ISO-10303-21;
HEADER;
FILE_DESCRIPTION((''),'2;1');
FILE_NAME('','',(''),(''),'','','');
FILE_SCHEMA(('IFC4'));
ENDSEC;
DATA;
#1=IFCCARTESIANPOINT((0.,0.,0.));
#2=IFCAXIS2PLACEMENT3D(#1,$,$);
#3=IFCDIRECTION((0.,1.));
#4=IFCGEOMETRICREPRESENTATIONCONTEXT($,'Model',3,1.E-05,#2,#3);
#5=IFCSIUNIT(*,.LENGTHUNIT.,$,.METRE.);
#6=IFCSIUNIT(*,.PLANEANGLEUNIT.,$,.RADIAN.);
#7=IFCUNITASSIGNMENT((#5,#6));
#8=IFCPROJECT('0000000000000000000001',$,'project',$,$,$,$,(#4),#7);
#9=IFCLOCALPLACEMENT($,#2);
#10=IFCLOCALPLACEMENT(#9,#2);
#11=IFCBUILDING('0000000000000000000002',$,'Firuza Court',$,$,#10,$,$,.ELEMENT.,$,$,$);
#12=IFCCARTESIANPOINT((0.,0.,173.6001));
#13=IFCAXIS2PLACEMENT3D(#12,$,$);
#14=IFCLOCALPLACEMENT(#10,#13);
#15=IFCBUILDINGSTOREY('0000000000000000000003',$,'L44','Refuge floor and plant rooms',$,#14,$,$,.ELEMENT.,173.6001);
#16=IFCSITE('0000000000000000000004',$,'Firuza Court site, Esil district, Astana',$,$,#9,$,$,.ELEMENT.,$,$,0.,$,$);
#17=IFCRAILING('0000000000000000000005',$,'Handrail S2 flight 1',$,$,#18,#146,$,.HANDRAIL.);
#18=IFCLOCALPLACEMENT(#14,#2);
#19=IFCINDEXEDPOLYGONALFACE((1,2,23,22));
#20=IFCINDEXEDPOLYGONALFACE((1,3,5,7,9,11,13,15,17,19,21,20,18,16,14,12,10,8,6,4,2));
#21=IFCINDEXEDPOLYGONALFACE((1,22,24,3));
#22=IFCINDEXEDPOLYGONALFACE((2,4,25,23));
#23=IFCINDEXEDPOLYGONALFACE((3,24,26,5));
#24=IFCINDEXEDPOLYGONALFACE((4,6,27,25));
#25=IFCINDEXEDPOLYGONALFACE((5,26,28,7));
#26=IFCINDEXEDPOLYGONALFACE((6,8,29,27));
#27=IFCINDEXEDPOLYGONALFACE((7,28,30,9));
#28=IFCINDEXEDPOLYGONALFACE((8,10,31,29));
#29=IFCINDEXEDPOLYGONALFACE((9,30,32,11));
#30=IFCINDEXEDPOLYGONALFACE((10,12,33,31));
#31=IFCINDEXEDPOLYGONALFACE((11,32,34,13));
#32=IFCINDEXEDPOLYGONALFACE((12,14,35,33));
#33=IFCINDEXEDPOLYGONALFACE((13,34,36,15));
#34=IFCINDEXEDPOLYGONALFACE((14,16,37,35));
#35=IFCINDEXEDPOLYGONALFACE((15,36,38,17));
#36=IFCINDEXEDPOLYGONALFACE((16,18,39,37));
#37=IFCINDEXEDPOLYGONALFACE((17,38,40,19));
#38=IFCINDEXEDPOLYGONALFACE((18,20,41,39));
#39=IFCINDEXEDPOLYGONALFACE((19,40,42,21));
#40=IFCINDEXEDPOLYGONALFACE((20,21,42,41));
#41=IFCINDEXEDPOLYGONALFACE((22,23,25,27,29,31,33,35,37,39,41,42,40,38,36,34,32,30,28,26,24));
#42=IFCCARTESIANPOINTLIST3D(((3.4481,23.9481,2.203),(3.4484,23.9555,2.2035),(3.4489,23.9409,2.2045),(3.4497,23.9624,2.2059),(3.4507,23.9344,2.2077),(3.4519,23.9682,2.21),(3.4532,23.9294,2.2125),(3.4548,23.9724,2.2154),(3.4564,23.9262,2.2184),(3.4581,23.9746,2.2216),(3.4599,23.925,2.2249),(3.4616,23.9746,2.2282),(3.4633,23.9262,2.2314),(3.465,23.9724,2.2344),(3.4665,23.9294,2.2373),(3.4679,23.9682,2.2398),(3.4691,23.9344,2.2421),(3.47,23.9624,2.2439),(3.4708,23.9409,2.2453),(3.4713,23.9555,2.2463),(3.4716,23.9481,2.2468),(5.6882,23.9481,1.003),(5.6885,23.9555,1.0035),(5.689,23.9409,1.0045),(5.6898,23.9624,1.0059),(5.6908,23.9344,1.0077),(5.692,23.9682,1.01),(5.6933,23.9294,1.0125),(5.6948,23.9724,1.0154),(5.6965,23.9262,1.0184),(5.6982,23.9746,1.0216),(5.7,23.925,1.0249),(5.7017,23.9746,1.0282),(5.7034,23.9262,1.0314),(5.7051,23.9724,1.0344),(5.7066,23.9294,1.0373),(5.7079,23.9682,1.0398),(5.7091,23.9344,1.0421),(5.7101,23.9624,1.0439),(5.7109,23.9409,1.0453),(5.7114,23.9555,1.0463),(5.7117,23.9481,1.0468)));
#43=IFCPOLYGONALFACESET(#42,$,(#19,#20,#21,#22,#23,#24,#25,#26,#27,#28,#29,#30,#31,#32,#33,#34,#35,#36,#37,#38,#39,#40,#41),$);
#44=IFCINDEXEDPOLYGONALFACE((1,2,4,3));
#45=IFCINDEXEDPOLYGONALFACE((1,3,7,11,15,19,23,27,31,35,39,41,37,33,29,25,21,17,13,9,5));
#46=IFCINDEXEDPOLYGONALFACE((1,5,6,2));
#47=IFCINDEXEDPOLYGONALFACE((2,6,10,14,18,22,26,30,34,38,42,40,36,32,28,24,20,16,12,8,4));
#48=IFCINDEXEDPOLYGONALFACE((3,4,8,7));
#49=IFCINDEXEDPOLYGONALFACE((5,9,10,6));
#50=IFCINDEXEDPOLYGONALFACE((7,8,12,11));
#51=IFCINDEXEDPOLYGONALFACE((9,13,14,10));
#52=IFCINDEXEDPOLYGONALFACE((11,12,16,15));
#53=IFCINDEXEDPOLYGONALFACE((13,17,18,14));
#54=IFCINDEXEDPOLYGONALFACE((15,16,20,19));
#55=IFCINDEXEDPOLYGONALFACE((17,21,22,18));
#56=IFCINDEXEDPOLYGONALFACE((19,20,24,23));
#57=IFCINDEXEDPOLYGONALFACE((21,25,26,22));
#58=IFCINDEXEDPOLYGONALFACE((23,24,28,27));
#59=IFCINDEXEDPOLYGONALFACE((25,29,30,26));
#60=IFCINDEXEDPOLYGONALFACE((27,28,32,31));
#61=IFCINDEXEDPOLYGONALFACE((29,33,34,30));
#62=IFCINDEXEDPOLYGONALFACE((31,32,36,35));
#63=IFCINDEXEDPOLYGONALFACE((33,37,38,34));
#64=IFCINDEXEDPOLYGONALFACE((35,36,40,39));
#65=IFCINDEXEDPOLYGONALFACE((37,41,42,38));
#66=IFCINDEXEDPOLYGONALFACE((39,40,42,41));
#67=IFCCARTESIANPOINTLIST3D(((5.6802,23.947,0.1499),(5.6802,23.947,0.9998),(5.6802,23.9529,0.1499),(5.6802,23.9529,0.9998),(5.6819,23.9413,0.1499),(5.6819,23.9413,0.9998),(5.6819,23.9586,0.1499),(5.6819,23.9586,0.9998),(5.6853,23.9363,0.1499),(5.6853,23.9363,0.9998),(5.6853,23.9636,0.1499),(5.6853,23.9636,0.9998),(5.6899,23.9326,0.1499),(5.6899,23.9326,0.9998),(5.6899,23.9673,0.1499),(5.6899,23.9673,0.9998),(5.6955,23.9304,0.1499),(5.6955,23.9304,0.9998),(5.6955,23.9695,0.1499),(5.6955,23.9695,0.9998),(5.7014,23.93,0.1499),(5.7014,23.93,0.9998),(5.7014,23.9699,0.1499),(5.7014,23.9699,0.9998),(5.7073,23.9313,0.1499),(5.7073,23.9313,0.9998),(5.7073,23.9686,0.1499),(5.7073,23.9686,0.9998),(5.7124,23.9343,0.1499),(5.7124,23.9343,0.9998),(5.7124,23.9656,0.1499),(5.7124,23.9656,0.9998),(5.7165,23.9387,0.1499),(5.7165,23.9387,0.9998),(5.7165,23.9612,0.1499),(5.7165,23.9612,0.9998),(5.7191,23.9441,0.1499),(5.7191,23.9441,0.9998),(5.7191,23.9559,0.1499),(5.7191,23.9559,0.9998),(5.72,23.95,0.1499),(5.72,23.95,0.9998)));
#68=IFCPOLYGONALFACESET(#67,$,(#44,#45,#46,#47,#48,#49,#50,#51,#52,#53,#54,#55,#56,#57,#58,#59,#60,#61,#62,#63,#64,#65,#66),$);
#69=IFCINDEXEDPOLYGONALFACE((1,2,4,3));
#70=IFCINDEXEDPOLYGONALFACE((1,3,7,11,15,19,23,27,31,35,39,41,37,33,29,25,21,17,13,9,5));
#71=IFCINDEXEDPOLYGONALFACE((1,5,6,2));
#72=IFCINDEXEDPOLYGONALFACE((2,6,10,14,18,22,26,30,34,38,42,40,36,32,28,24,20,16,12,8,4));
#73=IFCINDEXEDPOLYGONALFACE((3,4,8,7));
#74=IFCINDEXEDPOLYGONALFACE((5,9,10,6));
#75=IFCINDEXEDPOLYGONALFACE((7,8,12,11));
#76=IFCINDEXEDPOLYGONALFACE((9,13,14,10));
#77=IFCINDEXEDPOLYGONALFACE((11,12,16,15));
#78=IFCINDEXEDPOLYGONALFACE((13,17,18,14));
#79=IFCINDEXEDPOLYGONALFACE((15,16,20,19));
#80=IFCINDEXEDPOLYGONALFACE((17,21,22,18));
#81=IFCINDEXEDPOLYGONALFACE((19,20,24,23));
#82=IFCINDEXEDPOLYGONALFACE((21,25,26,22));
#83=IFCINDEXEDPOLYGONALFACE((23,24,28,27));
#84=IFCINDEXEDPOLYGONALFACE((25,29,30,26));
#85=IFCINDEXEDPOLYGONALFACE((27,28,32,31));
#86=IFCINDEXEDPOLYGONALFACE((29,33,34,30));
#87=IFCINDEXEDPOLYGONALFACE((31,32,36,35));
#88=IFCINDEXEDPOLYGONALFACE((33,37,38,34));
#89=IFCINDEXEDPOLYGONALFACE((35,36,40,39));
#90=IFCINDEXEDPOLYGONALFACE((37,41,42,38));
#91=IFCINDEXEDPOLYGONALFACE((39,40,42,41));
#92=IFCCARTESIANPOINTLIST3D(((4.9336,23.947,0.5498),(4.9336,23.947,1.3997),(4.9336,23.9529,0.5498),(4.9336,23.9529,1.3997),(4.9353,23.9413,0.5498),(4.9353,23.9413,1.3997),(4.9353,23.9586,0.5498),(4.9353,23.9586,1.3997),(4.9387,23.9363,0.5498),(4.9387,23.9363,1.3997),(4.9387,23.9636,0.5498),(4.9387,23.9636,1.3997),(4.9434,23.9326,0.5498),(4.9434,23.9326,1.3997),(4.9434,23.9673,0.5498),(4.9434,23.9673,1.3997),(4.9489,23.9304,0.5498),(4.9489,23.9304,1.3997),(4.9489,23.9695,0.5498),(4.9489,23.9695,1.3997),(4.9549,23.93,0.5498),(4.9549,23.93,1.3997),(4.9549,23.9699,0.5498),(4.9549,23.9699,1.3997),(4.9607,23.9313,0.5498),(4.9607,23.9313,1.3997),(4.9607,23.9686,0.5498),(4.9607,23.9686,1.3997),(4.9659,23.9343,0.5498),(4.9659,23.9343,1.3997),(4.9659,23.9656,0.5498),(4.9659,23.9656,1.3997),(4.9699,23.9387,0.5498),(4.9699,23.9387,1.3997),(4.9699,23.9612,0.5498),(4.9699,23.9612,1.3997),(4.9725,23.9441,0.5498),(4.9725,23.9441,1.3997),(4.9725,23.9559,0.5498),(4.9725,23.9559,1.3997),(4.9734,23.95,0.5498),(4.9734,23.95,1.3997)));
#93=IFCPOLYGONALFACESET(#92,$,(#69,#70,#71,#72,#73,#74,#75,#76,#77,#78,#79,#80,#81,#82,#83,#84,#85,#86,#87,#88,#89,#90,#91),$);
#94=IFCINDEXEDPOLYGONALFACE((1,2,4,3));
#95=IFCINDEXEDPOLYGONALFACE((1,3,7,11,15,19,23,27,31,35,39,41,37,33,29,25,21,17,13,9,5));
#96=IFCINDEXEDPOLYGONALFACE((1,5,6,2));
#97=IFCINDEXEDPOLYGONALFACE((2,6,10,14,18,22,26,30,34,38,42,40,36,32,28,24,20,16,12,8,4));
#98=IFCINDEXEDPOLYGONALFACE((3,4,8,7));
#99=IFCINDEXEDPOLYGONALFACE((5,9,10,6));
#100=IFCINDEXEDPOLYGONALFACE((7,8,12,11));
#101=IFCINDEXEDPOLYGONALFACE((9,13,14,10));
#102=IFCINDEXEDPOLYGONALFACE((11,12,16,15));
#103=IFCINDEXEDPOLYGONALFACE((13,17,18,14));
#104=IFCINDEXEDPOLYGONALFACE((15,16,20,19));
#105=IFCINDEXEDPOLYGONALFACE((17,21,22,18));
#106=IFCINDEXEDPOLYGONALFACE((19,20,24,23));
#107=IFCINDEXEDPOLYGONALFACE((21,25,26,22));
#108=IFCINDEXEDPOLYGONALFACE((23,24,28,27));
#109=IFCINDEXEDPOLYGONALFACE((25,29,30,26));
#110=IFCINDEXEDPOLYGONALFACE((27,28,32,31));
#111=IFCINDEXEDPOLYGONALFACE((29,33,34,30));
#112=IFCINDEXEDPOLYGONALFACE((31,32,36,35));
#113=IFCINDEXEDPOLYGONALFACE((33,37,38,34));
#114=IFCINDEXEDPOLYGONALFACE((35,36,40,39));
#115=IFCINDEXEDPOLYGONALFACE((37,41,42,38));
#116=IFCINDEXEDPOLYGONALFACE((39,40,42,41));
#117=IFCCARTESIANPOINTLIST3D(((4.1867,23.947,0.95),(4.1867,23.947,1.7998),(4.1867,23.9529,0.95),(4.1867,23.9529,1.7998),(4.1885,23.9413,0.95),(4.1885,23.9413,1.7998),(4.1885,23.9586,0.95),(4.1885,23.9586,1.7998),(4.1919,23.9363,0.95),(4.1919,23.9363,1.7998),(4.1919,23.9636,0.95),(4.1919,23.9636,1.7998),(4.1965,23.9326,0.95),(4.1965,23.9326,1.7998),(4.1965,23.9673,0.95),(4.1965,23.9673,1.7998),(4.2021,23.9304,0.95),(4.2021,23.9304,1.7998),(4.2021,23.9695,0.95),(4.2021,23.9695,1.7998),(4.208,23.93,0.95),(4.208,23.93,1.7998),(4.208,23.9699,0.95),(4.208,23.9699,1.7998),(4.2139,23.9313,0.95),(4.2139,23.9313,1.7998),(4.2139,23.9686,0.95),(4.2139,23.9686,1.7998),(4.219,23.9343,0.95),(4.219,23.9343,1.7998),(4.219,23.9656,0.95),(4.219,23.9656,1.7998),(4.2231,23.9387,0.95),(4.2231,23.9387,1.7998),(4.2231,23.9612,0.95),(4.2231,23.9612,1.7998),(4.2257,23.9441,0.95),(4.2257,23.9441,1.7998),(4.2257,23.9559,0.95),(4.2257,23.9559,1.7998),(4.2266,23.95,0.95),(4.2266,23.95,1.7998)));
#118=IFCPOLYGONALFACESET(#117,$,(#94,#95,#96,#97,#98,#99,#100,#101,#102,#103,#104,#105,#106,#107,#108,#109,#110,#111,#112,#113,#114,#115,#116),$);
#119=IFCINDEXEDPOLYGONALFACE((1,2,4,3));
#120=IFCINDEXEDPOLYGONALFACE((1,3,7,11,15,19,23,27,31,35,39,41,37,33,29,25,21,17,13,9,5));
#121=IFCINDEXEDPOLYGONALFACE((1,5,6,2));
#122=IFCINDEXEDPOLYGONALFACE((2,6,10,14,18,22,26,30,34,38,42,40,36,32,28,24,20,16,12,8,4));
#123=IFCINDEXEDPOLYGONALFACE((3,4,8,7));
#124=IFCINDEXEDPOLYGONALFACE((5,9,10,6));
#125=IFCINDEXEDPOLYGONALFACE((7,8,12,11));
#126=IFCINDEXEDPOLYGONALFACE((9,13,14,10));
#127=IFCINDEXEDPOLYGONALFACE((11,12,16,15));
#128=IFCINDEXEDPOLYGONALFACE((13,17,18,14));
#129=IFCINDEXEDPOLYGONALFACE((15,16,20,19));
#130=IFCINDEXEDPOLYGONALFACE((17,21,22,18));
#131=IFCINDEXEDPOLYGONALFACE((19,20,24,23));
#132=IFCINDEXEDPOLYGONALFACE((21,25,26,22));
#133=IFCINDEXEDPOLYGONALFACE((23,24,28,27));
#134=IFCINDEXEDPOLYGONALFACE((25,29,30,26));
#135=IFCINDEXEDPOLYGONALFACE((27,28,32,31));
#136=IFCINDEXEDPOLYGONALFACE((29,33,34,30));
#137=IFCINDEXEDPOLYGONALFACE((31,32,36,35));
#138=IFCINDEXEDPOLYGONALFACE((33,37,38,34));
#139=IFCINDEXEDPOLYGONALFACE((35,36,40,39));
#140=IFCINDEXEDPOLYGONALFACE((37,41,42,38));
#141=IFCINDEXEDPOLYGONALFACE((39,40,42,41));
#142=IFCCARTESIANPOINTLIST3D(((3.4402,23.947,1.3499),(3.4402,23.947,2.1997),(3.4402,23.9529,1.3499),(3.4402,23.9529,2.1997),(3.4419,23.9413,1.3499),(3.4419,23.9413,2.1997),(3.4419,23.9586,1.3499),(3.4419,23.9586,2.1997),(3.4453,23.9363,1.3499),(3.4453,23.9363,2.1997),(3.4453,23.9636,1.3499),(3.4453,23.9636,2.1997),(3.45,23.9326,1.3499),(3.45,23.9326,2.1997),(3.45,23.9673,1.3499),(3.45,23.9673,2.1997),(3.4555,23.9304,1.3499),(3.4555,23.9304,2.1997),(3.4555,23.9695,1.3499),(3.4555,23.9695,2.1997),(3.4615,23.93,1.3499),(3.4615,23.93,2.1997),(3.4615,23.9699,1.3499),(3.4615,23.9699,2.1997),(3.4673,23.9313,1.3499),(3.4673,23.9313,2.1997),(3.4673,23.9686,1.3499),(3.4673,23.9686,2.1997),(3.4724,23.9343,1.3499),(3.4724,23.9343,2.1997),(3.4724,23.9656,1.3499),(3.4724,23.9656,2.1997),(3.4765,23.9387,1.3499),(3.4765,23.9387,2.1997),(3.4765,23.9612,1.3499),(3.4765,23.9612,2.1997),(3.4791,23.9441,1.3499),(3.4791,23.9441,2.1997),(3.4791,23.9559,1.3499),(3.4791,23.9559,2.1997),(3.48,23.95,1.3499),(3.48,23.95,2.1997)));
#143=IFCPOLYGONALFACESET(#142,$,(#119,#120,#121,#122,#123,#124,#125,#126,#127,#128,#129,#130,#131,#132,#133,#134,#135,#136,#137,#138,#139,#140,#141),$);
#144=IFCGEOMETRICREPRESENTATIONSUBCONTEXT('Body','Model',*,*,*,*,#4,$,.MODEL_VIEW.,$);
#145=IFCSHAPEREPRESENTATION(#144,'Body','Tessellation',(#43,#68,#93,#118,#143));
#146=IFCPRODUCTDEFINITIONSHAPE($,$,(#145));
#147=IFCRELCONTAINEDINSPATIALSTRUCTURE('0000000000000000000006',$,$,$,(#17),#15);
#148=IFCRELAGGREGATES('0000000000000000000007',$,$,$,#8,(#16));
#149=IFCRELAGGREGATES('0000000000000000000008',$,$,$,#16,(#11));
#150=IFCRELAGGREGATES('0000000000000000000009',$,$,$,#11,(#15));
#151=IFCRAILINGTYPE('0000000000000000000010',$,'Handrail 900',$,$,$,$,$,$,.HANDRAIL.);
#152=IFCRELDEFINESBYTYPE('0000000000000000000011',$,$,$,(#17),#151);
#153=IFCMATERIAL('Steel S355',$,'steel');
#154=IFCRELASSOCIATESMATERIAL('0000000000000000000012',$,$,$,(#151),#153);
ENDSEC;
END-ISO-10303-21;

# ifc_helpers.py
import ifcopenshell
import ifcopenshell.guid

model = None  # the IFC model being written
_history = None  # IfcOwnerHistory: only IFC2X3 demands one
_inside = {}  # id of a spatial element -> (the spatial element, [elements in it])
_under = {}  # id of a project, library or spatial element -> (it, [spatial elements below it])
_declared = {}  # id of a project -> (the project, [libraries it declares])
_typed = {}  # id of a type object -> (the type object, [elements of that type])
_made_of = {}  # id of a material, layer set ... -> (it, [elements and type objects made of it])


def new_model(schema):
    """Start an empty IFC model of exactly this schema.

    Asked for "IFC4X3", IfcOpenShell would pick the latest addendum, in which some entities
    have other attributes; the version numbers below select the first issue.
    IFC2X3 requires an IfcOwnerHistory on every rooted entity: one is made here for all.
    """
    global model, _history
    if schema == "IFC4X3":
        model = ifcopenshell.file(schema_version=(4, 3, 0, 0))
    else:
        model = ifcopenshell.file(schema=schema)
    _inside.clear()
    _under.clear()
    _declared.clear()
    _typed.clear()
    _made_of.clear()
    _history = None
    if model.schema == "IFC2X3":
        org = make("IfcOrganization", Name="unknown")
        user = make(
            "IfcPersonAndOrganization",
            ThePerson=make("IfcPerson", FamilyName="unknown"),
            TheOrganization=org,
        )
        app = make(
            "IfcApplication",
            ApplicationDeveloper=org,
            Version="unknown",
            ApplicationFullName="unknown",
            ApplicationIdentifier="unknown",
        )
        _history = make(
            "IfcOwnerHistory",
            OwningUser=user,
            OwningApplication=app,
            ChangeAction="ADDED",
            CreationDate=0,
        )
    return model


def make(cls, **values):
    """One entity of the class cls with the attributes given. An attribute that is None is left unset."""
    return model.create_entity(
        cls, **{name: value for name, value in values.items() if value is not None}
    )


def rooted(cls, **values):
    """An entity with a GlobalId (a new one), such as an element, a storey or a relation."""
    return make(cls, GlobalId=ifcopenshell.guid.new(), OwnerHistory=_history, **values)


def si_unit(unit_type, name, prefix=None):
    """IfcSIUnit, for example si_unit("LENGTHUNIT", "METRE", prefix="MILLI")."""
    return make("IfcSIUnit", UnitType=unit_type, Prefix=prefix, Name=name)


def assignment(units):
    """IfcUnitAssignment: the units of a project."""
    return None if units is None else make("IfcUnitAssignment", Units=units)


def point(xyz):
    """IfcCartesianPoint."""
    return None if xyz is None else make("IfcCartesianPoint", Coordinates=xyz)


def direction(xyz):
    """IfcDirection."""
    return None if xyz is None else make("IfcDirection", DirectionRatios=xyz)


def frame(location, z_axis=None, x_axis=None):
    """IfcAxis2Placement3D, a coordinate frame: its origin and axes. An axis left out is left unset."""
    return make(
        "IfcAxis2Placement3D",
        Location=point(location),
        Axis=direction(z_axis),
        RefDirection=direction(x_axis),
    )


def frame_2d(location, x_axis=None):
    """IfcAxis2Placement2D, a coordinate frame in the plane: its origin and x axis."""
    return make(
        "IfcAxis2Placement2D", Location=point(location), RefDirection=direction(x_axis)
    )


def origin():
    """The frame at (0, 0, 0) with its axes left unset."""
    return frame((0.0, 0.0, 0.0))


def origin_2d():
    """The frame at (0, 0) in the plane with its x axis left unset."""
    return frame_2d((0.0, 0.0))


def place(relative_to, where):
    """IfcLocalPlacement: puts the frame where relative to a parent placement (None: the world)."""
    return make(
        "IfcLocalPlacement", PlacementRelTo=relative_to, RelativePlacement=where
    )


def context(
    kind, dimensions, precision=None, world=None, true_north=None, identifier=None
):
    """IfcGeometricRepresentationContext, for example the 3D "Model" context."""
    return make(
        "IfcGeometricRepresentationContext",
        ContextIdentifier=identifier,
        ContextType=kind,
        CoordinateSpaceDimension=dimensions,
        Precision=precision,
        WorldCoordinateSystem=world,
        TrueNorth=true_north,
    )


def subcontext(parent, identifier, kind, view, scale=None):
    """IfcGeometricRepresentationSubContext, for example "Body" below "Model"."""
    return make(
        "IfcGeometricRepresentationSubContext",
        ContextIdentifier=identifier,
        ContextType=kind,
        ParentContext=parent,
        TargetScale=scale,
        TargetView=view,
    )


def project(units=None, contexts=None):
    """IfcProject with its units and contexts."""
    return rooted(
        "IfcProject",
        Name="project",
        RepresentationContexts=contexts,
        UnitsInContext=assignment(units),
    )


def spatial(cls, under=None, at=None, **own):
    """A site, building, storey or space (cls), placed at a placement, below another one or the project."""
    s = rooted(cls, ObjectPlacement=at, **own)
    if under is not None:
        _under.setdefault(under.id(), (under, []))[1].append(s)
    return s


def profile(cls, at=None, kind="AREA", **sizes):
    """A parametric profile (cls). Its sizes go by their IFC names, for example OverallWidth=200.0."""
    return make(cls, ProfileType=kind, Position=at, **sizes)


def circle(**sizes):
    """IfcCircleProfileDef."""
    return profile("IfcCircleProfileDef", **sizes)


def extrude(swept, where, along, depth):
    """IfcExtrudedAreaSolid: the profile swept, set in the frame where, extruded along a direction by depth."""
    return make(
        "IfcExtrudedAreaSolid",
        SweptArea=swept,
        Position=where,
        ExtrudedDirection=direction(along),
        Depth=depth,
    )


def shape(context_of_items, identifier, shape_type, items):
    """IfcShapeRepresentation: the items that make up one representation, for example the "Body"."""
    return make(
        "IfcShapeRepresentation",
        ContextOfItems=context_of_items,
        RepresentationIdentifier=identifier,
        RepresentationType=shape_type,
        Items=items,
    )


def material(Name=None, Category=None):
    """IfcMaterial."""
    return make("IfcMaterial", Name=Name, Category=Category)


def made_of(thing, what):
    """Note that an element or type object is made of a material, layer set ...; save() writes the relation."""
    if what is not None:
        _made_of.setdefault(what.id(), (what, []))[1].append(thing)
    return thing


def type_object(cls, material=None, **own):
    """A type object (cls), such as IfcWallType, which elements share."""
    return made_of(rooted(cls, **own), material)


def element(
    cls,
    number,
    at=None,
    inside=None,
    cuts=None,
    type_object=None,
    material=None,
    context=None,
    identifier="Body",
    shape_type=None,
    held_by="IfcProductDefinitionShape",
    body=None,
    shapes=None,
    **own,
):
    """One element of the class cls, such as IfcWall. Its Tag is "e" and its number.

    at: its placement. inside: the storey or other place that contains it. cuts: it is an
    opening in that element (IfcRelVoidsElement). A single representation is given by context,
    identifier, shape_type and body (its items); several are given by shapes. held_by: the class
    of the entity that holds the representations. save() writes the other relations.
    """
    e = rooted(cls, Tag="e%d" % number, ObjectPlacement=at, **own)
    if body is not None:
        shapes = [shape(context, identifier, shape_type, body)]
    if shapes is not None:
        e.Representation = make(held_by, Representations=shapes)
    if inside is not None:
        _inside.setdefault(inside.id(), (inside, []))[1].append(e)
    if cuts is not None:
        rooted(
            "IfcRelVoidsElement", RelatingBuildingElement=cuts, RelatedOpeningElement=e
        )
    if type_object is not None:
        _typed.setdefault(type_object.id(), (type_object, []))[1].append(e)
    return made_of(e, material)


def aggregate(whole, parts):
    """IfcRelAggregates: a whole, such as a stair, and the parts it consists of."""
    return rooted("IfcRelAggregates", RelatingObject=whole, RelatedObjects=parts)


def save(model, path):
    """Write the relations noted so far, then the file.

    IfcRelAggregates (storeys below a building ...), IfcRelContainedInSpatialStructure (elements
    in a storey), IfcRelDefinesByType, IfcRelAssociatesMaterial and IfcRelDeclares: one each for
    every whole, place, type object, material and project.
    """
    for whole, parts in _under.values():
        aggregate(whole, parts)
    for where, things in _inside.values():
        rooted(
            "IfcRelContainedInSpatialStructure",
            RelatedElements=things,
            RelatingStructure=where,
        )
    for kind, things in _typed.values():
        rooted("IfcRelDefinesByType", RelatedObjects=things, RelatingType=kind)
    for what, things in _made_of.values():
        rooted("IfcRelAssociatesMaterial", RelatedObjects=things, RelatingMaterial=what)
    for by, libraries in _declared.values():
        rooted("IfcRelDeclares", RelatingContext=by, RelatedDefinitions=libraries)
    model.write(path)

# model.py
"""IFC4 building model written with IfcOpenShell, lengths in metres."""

from ifc_helpers import new_model, si_unit, direction, frame, origin, origin_2d, place, context, subcontext, project, spatial, circle, extrude, material, type_object, element, save


model = new_model("IFC4")

# Units and contexts
model_context = context("Model", 3, precision=1e-05, world=origin(), true_north=direction((0.0, 1.0)))
body_context = subcontext(model_context, "Body", "Model", "MODEL_VIEW")
ifc_project = project(units=[si_unit("LENGTHUNIT", "METRE"), si_unit("PLANEANGLEUNIT", "RADIAN")], contexts=[model_context])

# Site, building, storey
site_placement = place(None, origin())
site = spatial("IfcSite", under=ifc_project, at=site_placement, Name="Firuza Court site, Esil district, Astana", CompositionType="ELEMENT", RefElevation=0.0)
building_placement = place(site_placement, origin())
building = spatial("IfcBuilding", under=site, at=building_placement, Name="Firuza Court", CompositionType="ELEMENT")
storey_placement = place(building_placement, frame((0.0, 0.0, 173.6001)))
storey = spatial("IfcBuildingStorey", under=building, at=storey_placement, Name="L44", Description="Refuge floor and plant rooms", CompositionType="ELEMENT", Elevation=173.6001)

# Railing
ifc_material_1 = material(Name="Steel S355", Category="steel")
railing_type_1 = type_object("IfcRailingType", Name="Handrail 900", PredefinedType="HANDRAIL", material=ifc_material_1)
railing_1_placement = place(storey_placement, frame((5.7, 23.95, 0.1499)))
element("IfcRailing", 1, at=railing_1_placement, inside=storey, type_object=railing_type_1, Name="Handrail S2 flight 1", PredefinedType="HANDRAIL", context=body_context, shape_type="SweptSolid", body=[
    extrude(circle(Radius=0.0249, at=origin_2d()), frame((0.0, 0.0, 0.875), z_axis=(-0.881487, 0.0, 0.472208), x_axis=(0.0, -1.0, 0.0)), (0.0, 0.0, 1.0), 2.5413),
    extrude(circle(Radius=0.02, at=origin_2d()), origin(), (0.0, 0.0, 1.0), 0.8499),
    extrude(circle(Radius=0.02, at=origin_2d()), frame((-0.7466, 0.0, 0.3999)), (0.0, 0.0, 1.0), 0.8499),
    extrude(circle(Radius=0.02, at=origin_2d()), frame((-1.4934, 0.0, 0.8)), (0.0, 0.0, 1.0), 0.8499),
    extrude(circle(Radius=0.02, at=origin_2d()), frame((-2.24, 0.0, 1.2)), (0.0, 0.0, 1.0), 0.8499),
])

save(model, "model.ifc")
